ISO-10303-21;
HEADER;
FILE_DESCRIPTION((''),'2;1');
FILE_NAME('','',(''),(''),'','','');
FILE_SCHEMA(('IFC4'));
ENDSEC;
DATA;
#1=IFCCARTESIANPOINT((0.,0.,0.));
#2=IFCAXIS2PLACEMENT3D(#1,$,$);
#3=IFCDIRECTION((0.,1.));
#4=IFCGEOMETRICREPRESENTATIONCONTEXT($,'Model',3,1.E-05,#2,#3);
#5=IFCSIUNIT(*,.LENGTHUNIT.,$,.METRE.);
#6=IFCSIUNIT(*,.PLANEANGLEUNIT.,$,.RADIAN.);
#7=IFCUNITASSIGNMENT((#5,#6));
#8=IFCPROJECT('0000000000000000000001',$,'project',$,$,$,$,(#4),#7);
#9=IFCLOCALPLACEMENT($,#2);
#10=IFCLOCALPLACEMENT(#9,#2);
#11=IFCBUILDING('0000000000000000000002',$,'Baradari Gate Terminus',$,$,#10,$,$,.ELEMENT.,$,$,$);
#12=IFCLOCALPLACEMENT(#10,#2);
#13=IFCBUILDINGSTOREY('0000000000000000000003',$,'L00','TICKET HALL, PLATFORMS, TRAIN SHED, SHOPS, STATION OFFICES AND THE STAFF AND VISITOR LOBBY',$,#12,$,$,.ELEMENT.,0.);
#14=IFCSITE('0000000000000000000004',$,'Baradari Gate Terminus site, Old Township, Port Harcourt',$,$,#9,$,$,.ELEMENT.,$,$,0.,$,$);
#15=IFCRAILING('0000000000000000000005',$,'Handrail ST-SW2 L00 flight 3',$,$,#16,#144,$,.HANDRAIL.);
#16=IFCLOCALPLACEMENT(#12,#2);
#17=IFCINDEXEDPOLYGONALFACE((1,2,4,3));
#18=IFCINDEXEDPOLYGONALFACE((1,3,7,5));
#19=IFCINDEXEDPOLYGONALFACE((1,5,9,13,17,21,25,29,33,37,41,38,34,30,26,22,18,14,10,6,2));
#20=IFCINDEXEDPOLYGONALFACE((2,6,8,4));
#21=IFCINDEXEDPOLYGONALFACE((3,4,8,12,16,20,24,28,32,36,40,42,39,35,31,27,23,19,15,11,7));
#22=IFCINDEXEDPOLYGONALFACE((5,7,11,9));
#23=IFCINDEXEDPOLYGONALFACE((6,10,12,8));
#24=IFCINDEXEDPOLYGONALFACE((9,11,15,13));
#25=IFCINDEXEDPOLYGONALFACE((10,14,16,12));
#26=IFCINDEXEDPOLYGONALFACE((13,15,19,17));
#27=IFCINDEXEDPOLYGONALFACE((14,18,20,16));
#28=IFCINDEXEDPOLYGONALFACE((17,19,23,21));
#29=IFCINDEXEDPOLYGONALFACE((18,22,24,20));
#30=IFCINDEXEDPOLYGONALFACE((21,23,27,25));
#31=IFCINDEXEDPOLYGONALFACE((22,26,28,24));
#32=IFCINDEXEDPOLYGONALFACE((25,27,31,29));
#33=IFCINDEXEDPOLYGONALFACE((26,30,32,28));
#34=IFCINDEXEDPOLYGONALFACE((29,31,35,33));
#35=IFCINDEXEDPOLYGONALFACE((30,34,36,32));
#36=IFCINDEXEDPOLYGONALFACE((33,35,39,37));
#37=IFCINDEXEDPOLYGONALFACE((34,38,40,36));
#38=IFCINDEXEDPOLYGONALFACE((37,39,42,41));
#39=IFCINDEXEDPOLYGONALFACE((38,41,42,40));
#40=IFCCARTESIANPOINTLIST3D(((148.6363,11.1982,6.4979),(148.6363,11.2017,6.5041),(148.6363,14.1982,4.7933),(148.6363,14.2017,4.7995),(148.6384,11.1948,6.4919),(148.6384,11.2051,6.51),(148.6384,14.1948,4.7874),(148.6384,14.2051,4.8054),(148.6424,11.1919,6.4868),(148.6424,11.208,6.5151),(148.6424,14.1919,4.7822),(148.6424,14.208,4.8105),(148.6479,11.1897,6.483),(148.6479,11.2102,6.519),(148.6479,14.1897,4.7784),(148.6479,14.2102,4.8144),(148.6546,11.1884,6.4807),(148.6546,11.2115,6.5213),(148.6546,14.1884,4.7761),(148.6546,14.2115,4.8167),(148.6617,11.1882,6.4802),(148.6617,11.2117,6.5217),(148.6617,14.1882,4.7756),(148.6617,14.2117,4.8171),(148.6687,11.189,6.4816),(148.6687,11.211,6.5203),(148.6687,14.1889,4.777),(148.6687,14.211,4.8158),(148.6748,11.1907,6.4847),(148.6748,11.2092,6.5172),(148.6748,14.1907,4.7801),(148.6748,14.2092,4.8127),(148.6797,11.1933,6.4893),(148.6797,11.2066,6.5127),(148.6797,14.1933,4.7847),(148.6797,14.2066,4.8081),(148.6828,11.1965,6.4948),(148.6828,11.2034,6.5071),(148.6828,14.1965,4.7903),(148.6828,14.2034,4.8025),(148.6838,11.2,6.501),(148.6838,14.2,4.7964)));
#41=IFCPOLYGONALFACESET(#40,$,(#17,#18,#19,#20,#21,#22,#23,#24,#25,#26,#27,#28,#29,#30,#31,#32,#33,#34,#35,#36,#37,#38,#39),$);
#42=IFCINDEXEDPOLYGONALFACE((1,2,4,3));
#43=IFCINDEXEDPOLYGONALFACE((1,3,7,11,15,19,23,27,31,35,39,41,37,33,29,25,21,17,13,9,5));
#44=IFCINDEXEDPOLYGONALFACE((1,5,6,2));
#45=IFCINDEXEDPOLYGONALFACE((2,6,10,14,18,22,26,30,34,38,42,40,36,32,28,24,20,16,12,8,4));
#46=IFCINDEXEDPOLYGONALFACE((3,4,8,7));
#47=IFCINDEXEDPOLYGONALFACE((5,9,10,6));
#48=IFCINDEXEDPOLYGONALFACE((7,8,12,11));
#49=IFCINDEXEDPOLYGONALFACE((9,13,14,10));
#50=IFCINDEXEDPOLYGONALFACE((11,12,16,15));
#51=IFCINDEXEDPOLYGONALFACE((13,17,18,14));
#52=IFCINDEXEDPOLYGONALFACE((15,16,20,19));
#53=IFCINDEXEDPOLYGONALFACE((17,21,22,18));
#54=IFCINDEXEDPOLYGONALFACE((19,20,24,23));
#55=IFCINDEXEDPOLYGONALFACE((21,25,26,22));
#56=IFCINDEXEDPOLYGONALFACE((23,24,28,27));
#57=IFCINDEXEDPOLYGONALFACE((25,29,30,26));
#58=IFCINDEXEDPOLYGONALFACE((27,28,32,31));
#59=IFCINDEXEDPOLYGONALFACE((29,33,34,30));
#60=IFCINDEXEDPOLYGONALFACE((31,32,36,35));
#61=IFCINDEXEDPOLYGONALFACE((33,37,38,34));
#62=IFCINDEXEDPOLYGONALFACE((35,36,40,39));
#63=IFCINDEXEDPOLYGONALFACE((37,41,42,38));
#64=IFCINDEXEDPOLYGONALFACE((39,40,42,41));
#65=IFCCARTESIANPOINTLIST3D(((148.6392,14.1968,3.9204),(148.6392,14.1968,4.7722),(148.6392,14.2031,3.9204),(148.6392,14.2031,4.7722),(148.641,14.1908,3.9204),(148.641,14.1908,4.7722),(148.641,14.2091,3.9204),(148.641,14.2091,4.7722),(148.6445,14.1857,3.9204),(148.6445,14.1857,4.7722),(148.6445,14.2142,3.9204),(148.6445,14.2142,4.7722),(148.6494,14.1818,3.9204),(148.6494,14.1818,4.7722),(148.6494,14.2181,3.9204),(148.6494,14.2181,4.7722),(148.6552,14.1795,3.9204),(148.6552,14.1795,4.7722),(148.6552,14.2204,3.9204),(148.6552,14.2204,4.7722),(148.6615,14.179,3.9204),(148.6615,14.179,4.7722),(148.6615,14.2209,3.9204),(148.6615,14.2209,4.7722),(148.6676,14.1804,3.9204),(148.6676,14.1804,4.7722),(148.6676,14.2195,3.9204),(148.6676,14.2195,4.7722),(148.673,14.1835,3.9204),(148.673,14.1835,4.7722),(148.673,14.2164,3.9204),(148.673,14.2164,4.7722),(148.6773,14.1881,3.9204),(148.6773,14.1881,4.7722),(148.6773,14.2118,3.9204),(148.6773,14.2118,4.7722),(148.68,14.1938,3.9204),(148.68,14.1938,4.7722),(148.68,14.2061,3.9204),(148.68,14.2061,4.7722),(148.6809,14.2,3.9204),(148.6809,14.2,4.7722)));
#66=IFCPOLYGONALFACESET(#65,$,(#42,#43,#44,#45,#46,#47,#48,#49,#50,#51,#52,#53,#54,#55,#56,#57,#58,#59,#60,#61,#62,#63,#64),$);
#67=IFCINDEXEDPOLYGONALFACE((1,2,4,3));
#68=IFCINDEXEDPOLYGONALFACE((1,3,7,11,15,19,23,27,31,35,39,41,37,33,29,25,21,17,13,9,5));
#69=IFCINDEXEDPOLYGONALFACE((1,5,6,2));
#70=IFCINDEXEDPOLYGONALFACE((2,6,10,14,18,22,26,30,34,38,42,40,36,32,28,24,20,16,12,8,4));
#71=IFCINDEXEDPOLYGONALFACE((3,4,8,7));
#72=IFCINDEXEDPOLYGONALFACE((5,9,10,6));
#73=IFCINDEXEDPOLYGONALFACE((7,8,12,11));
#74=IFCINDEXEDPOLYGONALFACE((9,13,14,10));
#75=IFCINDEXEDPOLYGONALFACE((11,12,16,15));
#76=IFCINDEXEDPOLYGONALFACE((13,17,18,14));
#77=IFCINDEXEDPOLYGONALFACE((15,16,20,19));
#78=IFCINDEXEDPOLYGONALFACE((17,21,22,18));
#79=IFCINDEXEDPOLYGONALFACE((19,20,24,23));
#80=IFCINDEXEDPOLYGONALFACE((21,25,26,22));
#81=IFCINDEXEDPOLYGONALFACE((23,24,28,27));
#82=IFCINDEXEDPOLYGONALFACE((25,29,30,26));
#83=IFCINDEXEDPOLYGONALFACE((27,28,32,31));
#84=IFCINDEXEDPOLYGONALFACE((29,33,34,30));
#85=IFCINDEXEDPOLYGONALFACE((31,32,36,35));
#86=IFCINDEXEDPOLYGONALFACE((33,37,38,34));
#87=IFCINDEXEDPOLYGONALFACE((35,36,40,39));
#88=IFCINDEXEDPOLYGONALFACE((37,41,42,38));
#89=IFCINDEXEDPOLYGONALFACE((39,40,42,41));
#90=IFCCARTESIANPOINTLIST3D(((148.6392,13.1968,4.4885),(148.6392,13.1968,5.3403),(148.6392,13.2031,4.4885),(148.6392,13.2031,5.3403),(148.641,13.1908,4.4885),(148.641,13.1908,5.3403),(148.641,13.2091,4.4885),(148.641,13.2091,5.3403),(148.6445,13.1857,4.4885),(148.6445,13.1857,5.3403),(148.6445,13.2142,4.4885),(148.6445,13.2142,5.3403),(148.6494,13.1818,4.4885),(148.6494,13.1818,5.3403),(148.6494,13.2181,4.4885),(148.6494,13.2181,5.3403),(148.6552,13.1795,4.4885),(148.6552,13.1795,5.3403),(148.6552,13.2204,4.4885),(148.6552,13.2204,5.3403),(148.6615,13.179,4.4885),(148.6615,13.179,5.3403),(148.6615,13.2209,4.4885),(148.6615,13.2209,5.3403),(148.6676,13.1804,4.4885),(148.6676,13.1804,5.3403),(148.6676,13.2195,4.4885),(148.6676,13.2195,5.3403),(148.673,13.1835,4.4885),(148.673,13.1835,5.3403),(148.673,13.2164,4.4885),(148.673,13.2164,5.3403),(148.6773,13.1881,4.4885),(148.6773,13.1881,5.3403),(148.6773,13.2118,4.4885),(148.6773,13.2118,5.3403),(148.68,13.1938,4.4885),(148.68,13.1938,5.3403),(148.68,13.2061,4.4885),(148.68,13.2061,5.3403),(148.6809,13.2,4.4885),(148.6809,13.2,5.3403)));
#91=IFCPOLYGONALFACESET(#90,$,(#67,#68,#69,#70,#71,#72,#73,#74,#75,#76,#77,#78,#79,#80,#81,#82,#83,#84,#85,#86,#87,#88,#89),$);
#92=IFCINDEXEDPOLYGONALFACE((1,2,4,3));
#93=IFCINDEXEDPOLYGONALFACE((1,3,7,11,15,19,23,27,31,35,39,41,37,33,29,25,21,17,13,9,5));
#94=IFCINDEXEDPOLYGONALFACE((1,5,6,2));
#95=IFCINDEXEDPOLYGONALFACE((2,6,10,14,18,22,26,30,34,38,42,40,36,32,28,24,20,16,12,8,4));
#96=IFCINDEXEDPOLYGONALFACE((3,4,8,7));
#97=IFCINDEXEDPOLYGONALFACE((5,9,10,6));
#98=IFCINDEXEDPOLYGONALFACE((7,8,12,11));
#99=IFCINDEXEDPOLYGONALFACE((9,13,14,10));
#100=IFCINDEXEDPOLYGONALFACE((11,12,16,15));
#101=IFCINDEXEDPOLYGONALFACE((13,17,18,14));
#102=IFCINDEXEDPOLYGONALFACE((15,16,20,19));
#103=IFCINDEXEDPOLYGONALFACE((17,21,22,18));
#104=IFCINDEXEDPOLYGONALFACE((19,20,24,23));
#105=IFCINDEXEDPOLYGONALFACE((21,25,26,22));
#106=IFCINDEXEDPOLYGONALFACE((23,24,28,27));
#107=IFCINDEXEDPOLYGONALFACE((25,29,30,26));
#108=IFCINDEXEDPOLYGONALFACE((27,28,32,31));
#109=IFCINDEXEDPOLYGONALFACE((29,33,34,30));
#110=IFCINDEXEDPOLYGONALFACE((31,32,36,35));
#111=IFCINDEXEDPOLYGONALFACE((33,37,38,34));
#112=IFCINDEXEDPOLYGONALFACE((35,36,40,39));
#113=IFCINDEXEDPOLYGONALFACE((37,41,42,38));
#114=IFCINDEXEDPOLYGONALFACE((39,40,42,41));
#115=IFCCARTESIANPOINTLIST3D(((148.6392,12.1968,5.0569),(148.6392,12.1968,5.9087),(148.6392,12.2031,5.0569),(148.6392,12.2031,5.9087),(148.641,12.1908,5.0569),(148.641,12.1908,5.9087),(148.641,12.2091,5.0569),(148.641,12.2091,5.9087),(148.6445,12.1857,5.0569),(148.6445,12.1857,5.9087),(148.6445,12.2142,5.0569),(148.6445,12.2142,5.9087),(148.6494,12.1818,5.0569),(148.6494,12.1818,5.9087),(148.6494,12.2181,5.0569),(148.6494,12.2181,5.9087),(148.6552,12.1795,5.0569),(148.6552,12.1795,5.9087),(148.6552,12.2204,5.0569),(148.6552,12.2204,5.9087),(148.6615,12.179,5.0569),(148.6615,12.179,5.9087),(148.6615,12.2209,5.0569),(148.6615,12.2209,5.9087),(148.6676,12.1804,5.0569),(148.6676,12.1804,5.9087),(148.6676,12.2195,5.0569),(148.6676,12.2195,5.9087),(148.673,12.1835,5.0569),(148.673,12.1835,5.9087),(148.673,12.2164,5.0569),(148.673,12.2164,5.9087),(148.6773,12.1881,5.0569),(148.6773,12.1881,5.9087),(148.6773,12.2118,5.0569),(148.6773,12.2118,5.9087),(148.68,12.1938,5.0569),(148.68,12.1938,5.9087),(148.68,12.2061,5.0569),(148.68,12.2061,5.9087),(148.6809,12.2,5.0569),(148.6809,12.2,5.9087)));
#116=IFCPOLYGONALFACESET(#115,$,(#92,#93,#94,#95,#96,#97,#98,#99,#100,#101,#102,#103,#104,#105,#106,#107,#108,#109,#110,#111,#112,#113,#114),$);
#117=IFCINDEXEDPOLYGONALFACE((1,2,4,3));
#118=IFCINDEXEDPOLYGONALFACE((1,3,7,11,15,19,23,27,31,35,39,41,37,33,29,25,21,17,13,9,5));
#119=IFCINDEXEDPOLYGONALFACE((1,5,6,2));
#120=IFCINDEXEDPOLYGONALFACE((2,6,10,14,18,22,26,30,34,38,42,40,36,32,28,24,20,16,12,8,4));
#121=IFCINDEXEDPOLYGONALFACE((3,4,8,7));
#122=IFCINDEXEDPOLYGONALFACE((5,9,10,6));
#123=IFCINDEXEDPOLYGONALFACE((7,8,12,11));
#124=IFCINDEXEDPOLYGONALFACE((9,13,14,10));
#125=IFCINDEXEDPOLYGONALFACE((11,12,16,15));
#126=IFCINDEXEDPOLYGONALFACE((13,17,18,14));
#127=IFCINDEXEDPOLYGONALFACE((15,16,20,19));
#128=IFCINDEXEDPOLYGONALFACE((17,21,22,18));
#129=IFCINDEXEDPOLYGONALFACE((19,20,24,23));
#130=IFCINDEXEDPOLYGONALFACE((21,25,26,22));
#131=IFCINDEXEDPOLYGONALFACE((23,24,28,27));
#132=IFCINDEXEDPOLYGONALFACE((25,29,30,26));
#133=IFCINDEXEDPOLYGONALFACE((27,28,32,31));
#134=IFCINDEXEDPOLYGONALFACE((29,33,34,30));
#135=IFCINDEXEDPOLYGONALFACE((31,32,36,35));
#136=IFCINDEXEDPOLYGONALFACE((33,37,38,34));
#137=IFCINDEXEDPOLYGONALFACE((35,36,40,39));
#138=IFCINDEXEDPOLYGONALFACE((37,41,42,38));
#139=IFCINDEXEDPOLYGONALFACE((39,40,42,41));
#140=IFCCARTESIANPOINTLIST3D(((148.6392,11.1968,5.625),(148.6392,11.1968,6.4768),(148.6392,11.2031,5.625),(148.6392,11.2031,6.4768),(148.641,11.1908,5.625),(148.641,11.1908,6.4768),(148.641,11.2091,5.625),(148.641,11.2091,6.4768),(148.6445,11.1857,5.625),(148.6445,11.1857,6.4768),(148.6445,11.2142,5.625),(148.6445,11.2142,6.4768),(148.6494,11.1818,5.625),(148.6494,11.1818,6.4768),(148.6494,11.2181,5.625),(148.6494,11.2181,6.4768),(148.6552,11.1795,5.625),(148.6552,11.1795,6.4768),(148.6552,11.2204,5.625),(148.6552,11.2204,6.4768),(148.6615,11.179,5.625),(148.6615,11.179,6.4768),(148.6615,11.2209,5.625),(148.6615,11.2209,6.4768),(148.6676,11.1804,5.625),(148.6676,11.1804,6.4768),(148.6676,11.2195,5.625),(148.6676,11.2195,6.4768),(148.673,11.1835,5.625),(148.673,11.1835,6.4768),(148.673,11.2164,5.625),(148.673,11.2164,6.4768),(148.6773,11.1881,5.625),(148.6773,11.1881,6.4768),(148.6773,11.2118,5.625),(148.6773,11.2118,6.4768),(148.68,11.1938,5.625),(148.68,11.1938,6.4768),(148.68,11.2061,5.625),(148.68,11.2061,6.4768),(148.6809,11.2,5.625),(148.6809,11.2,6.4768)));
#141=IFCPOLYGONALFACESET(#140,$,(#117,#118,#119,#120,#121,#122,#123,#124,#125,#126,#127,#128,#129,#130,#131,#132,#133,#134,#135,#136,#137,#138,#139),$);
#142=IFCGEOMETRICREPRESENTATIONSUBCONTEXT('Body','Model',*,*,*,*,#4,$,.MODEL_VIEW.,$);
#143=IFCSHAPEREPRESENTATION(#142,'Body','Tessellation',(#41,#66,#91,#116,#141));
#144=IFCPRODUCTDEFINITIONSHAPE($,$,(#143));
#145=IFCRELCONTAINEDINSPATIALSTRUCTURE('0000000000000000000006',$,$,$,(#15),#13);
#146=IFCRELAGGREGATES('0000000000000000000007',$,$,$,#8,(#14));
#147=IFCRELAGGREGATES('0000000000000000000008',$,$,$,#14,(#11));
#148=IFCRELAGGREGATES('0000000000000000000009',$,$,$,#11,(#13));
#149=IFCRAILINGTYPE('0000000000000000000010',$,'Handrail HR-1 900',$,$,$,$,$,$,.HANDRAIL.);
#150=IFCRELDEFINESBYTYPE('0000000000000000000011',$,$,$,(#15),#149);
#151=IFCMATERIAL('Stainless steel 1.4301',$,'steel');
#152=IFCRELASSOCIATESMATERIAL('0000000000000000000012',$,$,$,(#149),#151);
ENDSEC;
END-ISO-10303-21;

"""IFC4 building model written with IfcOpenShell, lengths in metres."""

from ifc_helpers import new_model, si_unit, direction, frame, origin, origin_2d, place, context, subcontext, project, spatial, circle, extrude, material, type_object, element, save


model = new_model("IFC4")

# Units and contexts
model_context = context("Model", 3, precision=1e-05, world=origin(), true_north=direction((0.0, 1.0)))
body_context = subcontext(model_context, "Body", "Model", "MODEL_VIEW")
ifc_project = project(units=[si_unit("LENGTHUNIT", "METRE"), si_unit("PLANEANGLEUNIT", "RADIAN")], contexts=[model_context])

# Site, building, storey
site_placement = place(None, origin())
site = spatial("IfcSite", under=ifc_project, at=site_placement, Name="Baradari Gate Terminus site, Old Township, Port Harcourt", CompositionType="ELEMENT", RefElevation=0.0)
building_placement = place(site_placement, origin())
building = spatial("IfcBuilding", under=site, at=building_placement, Name="Baradari Gate Terminus", CompositionType="ELEMENT")
storey_placement = place(building_placement, origin())
storey = spatial("IfcBuildingStorey", under=building, at=storey_placement, Name="L00", Description="TICKET HALL, PLATFORMS, TRAIN SHED, SHOPS, STATION OFFICES AND THE STAFF AND VISITOR LOBBY", CompositionType="ELEMENT", Elevation=0.0)

# Railing
ifc_material_1 = material(Name="Stainless steel 1.4301", Category="steel")
railing_type_1 = type_object("IfcRailingType", Name="Handrail HR-1 900", PredefinedType="HANDRAIL", material=ifc_material_1)
for number, where, name in (
    (1, (148.6599, 14.2, 3.9204), "Handrail ST-SW2 L00 flight 3"),
):
    element("IfcRailing", number, at=place(storey_placement, frame(where)), inside=storey, type_object=railing_type_1, Name=name, PredefinedType="HANDRAIL", context=body_context, shape_type="SweptSolid", body=[
        extrude(circle(Radius=0.0239, at=origin_2d()), frame((0.0, 0.0, 0.876), z_axis=(0.0, -0.869451, 0.494019), x_axis=(1.0, 0.0, 0.0)), (0.0, 0.0, 1.0), 3.4504),
        extrude(circle(Radius=0.021, at=origin_2d()), origin(), (0.0, 0.0, 1.0), 0.8518),
        extrude(circle(Radius=0.021, at=origin_2d()), frame((0.0, -1.0, 0.5681)), (0.0, 0.0, 1.0), 0.8518),
        extrude(circle(Radius=0.021, at=origin_2d()), frame((0.0, -2.0, 1.1365)), (0.0, 0.0, 1.0), 0.8518),
        extrude(circle(Radius=0.021, at=origin_2d()), frame((0.0, -3.0, 1.7046)), (0.0, 0.0, 1.0), 0.8518),
    ])

save(model, "model.ifc")
